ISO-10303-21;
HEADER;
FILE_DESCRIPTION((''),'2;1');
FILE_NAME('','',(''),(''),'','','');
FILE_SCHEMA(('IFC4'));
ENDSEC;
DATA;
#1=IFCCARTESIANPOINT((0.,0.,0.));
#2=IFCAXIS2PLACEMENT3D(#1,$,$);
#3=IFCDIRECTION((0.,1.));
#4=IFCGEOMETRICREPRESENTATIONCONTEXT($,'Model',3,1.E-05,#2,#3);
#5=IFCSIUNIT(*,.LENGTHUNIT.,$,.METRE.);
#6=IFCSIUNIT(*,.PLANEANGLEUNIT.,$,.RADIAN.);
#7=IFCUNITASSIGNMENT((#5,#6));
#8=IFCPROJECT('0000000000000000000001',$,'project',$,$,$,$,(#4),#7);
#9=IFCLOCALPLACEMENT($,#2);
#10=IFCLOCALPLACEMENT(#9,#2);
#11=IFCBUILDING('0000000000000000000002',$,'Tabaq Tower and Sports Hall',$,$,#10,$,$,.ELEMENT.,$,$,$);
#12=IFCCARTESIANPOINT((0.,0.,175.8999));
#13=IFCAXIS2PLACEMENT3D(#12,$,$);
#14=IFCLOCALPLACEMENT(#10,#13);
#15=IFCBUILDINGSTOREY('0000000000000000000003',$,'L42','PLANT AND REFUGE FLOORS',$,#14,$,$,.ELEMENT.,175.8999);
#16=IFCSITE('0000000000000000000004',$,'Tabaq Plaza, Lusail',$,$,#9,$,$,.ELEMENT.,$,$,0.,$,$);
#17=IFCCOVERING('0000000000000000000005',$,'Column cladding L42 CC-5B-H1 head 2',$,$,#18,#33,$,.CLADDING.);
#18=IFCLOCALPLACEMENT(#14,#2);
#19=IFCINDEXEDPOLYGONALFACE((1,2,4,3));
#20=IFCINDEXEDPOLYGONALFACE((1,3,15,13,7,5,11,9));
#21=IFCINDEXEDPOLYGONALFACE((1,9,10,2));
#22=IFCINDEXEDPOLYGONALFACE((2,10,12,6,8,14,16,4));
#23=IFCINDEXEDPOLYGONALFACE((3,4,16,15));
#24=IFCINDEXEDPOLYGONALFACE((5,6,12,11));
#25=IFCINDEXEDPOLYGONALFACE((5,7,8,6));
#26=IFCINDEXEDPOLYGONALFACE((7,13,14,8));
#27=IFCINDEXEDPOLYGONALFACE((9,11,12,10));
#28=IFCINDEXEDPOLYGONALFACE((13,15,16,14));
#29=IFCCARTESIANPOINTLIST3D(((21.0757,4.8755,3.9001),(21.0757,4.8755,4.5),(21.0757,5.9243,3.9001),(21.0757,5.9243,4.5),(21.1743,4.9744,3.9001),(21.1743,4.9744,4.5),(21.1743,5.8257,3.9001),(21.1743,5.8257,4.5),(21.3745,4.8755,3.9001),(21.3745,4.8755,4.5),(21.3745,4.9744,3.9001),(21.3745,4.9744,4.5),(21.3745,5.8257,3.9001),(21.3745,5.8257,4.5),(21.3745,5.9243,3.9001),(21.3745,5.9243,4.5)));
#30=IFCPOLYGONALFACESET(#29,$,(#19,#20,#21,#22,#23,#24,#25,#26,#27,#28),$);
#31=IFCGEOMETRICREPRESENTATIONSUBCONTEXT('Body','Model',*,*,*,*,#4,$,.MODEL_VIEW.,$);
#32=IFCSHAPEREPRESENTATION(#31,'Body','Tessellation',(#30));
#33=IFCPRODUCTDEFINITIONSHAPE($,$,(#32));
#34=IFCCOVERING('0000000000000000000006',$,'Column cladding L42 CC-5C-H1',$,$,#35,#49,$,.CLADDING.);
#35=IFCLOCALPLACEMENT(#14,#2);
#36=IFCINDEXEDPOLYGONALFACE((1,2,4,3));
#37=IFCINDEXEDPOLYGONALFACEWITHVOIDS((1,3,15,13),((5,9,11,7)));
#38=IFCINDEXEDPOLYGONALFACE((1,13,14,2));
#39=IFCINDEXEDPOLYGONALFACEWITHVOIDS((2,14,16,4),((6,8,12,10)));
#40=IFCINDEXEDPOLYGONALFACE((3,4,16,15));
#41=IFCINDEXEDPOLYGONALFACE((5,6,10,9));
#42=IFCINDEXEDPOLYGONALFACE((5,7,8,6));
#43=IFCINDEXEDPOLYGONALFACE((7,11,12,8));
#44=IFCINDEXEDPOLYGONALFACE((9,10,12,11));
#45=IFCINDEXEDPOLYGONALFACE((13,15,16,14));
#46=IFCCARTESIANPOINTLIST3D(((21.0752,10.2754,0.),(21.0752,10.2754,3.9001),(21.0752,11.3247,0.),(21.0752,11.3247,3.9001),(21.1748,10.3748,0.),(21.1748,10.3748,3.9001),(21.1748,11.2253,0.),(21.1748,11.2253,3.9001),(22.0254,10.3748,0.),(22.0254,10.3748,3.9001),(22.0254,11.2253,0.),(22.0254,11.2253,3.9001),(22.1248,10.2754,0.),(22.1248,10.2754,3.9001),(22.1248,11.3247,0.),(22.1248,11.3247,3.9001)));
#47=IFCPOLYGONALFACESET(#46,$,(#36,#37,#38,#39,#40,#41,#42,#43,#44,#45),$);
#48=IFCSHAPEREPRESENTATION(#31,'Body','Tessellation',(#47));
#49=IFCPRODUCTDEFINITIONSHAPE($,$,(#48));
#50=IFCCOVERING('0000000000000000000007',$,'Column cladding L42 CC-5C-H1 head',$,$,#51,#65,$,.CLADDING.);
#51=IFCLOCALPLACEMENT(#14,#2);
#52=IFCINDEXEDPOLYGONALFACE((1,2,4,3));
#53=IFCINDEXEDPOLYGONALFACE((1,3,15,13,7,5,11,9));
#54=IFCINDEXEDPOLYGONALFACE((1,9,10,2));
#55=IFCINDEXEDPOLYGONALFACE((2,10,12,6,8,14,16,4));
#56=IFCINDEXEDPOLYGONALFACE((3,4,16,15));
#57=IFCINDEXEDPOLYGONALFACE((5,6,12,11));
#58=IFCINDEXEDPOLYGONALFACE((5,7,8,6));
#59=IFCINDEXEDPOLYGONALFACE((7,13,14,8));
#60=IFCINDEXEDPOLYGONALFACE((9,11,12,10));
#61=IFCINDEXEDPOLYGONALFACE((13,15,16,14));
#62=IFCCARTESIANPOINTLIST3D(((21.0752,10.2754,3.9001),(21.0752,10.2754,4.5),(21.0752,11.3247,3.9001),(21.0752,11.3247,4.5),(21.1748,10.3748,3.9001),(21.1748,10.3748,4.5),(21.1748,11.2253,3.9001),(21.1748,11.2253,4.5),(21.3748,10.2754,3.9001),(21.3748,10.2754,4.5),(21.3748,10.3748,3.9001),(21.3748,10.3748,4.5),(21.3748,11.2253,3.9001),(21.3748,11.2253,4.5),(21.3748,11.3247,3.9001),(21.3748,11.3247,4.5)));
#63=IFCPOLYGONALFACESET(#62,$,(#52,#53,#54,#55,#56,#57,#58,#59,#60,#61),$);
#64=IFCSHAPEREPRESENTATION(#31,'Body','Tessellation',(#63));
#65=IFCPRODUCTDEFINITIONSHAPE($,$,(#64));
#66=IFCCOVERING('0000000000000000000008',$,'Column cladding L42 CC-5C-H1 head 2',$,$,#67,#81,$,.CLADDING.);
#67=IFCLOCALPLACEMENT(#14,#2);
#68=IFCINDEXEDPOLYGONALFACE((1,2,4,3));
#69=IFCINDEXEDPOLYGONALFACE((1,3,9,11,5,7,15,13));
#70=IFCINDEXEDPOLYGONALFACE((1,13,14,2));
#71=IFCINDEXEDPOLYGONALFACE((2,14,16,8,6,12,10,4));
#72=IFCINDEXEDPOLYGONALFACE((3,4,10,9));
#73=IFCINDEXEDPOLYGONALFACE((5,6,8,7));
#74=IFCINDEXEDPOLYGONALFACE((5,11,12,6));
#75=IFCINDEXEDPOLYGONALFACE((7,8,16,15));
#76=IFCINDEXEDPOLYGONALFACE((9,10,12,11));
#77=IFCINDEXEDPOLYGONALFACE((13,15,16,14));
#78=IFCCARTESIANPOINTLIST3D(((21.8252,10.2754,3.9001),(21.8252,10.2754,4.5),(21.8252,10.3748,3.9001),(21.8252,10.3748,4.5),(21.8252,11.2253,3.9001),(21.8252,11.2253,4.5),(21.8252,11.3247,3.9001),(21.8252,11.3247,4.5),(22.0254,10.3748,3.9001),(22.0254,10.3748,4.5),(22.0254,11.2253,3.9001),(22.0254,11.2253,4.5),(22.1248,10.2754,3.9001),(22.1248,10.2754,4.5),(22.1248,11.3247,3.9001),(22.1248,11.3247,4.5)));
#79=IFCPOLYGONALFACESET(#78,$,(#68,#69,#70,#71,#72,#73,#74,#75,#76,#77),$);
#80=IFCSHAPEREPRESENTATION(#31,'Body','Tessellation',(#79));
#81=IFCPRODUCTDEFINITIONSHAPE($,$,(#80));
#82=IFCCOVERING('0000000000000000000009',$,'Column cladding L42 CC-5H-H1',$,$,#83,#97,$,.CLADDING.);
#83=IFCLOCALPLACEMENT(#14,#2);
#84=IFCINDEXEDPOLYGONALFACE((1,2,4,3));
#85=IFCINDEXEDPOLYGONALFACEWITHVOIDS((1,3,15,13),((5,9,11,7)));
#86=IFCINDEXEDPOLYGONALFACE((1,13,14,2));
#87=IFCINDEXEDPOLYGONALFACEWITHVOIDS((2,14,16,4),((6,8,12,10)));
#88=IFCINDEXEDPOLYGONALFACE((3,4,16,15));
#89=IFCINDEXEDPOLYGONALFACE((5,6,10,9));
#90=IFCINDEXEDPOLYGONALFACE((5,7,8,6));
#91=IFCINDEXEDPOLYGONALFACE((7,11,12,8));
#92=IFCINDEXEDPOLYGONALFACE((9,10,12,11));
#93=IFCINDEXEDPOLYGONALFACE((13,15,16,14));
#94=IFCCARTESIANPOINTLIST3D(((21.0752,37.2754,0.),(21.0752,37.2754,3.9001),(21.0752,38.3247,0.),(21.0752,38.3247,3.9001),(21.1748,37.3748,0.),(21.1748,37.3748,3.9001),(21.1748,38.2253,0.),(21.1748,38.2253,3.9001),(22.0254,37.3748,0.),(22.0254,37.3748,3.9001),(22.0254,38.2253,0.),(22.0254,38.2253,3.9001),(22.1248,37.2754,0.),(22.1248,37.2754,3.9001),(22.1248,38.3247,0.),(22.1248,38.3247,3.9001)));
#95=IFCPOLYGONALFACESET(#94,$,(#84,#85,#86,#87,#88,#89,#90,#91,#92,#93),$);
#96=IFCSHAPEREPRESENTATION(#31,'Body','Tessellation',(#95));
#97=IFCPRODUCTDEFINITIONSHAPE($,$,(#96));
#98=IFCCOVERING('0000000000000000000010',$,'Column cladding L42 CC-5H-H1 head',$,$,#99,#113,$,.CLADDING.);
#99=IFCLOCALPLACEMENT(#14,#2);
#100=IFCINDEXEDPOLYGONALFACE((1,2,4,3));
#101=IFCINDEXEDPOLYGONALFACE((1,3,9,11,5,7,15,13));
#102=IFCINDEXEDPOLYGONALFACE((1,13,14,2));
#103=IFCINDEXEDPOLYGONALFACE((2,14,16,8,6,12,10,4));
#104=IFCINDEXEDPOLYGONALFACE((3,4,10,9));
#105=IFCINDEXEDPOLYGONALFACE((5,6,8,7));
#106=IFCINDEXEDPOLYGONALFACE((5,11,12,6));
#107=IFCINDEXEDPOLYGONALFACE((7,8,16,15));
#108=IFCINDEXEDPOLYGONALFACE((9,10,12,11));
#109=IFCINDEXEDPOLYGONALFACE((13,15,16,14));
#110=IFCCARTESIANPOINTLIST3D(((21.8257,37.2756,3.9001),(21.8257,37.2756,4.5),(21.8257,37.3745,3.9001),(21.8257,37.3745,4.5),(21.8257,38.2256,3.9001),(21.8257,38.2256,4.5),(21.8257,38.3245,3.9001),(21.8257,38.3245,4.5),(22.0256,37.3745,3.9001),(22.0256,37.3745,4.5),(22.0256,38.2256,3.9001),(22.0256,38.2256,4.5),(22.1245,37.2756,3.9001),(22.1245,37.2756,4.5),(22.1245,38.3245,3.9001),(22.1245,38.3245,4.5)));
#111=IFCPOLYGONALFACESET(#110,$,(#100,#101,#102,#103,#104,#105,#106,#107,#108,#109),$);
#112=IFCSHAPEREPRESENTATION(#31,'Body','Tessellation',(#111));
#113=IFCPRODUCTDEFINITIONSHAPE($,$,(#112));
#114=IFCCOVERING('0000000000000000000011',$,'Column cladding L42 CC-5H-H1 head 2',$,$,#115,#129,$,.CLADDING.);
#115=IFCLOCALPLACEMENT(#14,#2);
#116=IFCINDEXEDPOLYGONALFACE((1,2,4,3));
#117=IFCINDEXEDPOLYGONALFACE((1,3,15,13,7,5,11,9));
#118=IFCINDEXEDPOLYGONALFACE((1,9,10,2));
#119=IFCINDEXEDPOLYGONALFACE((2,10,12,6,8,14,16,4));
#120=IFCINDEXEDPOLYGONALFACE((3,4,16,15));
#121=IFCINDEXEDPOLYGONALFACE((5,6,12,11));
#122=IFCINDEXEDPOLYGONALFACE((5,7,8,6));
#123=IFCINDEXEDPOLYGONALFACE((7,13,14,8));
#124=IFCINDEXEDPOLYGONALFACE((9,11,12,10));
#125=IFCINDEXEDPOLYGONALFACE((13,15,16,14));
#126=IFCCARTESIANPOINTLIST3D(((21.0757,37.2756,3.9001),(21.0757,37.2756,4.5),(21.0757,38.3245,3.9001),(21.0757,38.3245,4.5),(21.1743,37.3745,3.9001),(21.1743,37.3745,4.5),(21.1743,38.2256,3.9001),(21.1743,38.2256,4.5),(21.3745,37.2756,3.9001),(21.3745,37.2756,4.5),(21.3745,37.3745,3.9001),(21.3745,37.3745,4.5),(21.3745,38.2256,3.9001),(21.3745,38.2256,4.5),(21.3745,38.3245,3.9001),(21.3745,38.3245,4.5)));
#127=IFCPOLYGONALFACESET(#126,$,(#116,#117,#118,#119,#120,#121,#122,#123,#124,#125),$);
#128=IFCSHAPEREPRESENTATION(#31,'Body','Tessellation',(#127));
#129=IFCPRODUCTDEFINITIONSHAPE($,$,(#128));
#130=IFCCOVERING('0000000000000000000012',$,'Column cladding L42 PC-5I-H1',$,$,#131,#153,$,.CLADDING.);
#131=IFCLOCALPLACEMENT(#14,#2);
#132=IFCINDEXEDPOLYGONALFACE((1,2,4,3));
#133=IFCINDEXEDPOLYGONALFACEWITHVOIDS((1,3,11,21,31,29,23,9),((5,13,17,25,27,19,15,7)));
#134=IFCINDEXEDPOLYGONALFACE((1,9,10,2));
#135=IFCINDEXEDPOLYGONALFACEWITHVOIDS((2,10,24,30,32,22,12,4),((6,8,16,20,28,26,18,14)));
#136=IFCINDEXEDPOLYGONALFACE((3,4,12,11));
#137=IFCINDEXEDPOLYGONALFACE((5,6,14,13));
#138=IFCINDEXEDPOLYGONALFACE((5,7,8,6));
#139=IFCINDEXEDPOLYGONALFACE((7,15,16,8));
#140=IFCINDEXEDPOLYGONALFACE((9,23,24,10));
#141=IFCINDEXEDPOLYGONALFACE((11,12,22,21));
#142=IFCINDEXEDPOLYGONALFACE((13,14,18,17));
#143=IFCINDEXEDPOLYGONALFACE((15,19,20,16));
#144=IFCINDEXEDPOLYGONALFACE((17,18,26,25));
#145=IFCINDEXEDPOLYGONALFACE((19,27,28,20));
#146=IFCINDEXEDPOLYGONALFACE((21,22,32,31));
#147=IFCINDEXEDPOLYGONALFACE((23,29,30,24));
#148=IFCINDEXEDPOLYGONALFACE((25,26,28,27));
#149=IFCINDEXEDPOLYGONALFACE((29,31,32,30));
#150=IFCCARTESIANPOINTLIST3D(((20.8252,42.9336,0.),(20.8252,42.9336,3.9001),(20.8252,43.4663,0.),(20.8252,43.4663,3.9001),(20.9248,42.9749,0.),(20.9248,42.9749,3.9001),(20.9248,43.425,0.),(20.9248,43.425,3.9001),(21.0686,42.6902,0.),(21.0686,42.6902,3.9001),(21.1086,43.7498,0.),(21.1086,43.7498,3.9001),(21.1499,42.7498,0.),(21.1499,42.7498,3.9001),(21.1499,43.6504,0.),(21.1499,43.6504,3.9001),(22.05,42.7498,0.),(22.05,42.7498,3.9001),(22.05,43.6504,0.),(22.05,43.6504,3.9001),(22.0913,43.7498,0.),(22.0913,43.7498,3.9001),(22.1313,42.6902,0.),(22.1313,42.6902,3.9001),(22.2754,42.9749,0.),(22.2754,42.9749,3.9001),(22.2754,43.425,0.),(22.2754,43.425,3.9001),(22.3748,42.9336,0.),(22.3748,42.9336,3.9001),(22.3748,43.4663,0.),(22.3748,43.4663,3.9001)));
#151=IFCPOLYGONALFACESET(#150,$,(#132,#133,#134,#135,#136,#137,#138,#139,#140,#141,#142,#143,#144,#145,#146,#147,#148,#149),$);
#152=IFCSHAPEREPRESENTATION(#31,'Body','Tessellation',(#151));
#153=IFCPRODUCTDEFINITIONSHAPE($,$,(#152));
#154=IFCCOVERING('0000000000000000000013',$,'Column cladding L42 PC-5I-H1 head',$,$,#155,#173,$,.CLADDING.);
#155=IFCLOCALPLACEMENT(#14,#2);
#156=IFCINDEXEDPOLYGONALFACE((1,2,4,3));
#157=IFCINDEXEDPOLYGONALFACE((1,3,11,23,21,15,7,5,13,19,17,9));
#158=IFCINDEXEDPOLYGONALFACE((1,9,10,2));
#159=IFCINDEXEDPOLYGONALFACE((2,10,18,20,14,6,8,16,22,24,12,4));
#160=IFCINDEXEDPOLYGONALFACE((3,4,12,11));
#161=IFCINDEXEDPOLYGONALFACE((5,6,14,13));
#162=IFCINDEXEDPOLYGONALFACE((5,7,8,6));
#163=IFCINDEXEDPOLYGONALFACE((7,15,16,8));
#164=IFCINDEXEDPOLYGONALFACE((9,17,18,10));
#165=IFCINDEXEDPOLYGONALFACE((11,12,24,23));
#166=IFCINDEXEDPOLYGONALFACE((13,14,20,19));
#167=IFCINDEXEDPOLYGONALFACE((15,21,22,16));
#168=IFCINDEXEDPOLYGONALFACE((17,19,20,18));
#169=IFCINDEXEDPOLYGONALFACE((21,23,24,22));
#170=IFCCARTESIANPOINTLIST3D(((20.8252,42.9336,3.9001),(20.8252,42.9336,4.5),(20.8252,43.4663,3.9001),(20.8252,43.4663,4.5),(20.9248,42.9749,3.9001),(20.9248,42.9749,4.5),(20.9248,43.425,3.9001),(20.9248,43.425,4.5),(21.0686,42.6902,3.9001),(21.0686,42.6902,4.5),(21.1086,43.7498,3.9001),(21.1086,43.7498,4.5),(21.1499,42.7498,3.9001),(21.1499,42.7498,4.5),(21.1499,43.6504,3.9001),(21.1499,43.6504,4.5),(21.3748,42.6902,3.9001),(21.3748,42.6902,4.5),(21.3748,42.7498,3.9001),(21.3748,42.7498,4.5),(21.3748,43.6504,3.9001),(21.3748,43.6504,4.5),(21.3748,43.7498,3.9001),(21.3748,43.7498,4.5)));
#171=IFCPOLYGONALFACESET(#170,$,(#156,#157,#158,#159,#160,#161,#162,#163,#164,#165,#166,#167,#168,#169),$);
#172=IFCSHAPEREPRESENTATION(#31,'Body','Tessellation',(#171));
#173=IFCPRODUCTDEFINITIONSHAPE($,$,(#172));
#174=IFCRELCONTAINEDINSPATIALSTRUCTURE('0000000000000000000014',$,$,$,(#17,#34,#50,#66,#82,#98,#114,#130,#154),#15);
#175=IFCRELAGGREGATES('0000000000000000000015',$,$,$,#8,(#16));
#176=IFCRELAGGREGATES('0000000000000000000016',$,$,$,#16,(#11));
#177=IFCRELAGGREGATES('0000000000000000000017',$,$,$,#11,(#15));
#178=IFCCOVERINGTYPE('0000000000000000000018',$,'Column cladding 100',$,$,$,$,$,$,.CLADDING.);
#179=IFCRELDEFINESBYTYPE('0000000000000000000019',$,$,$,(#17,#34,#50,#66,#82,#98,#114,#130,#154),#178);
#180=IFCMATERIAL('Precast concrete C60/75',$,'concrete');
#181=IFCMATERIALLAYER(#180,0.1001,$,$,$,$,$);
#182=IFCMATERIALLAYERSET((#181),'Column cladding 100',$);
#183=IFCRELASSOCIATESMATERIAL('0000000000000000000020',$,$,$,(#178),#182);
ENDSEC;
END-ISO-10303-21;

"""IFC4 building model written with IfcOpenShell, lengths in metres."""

from ifc_helpers import new_model, si_unit, direction, frame, origin, place, context, subcontext, project, spatial, polyline, outline, extrude, material, layer, layer_set, type_object, element, save


model = new_model("IFC4")

# Units and contexts
model_context = context("Model", 3, precision=1e-05, world=origin(), true_north=direction((0.0, 1.0)))
body_context = subcontext(model_context, "Body", "Model", "MODEL_VIEW")
ifc_project = project(units=[si_unit("LENGTHUNIT", "METRE"), si_unit("PLANEANGLEUNIT", "RADIAN")], contexts=[model_context])

# Site, building, storey
site_placement = place(None, origin())
site = spatial("IfcSite", under=ifc_project, at=site_placement, Name="Tabaq Plaza, Lusail", CompositionType="ELEMENT", RefElevation=0.0)
building_placement = place(site_placement, origin())
building = spatial("IfcBuilding", under=site, at=building_placement, Name="Tabaq Tower and Sports Hall", CompositionType="ELEMENT")
storey_placement = place(building_placement, frame((0.0, 0.0, 175.8999)))
storey = spatial("IfcBuildingStorey", under=building, at=storey_placement, Name="L42", Description="PLANT AND REFUGE FLOORS", CompositionType="ELEMENT", Elevation=175.8999)

# Coverings
ifc_material_1 = material(Name="Precast concrete C60/75", Category="concrete")
ifc_layer_1 = layer(ifc_material_1, 0.1001)
ifc_layer_set_1 = layer_set([ifc_layer_1], Name="Column cladding 100")
covering_type = type_object("IfcCoveringType", Name="Column cladding 100", PredefinedType="CLADDING", material=ifc_layer_set_1)
covering_1_placement = place(storey_placement, frame((0.0, 0.0, 3.9001)))
element("IfcCovering", 1, at=covering_1_placement, inside=storey, type_object=covering_type, Name="Column cladding L42 CC-5B-H1 head 2", PredefinedType="CLADDING", context=body_context, shape_type="SweptSolid", body=[
    extrude(outline(polyline([(21.3745, 4.9744), (21.3745, 4.8755), (21.0757, 4.8755), (21.0757, 5.9243), (21.3745, 5.9243), (21.3745, 5.8257), (21.1743, 5.8257), (21.1743, 4.9744), (21.3745, 4.9744)])), origin(), (0.0, 0.0, 1.0), 0.5999),
])
covering_2_placement = place(storey_placement, origin())
element("IfcCovering", 2, at=covering_2_placement, inside=storey, type_object=covering_type, Name="Column cladding L42 CC-5C-H1", PredefinedType="CLADDING", context=body_context, shape_type="SweptSolid", body=[
    extrude(outline(polyline([(21.0752, 11.3247), (22.1248, 11.3247), (22.1248, 10.2754), (21.0752, 10.2754), (21.0752, 11.3247)]), holes=[polyline([(22.0254, 10.3748), (22.0254, 11.2253), (21.1748, 11.2253), (21.1748, 10.3748), (22.0254, 10.3748)])]), origin(), (0.0, 0.0, 1.0), 3.9001),
])
covering_3_placement = place(storey_placement, frame((0.0, 0.0, 3.9001)))
element("IfcCovering", 3, at=covering_3_placement, inside=storey, type_object=covering_type, Name="Column cladding L42 CC-5C-H1 head", PredefinedType="CLADDING", context=body_context, shape_type="SweptSolid", body=[
    extrude(outline(polyline([(21.3748, 11.3247), (21.3748, 11.2253), (21.1748, 11.2253), (21.1748, 10.3748), (21.3748, 10.3748), (21.3748, 10.2754), (21.0752, 10.2754), (21.0752, 11.3247), (21.3748, 11.3247)])), origin(), (0.0, 0.0, 1.0), 0.5999),
])
covering_4_placement = place(storey_placement, frame((0.0, 0.0, 3.9001)))
element("IfcCovering", 4, at=covering_4_placement, inside=storey, type_object=covering_type, Name="Column cladding L42 CC-5C-H1 head 2", PredefinedType="CLADDING", context=body_context, shape_type="SweptSolid", body=[
    extrude(outline(polyline([(22.1248, 11.3247), (22.1248, 10.2754), (21.8252, 10.2754), (21.8252, 10.3748), (22.0254, 10.3748), (22.0254, 11.2253), (21.8252, 11.2253), (21.8252, 11.3247), (22.1248, 11.3247)])), origin(), (0.0, 0.0, 1.0), 0.5999),
])
covering_5_placement = place(storey_placement, origin())
element("IfcCovering", 5, at=covering_5_placement, inside=storey, type_object=covering_type, Name="Column cladding L42 CC-5H-H1", PredefinedType="CLADDING", context=body_context, shape_type="SweptSolid", body=[
    extrude(outline(polyline([(21.0752, 38.3247), (22.1248, 38.3247), (22.1248, 37.2754), (21.0752, 37.2754), (21.0752, 38.3247)]), holes=[polyline([(22.0254, 37.3748), (22.0254, 38.2253), (21.1748, 38.2253), (21.1748, 37.3748), (22.0254, 37.3748)])]), origin(), (0.0, 0.0, 1.0), 3.9001),
])
covering_6_placement = place(storey_placement, frame((0.0, 0.0, 3.9001)))
element("IfcCovering", 6, at=covering_6_placement, inside=storey, type_object=covering_type, Name="Column cladding L42 CC-5H-H1 head", PredefinedType="CLADDING", context=body_context, shape_type="SweptSolid", body=[
    extrude(outline(polyline([(21.8257, 38.2256), (21.8257, 38.3245), (22.1245, 38.3245), (22.1245, 37.2756), (21.8257, 37.2756), (21.8257, 37.3745), (22.0256, 37.3745), (22.0256, 38.2256), (21.8257, 38.2256)])), origin(), (0.0, 0.0, 1.0), 0.5999),
])
covering_7_placement = place(storey_placement, frame((0.0, 0.0, 3.9001)))
element("IfcCovering", 7, at=covering_7_placement, inside=storey, type_object=covering_type, Name="Column cladding L42 CC-5H-H1 head 2", PredefinedType="CLADDING", context=body_context, shape_type="SweptSolid", body=[
    extrude(outline(polyline([(21.3745, 38.2256), (21.1743, 38.2256), (21.1743, 37.3745), (21.3745, 37.3745), (21.3745, 37.2756), (21.0757, 37.2756), (21.0757, 38.3245), (21.3745, 38.3245), (21.3745, 38.2256)])), origin(), (0.0, 0.0, 1.0), 0.5999),
])
covering_8_placement = place(storey_placement, origin())
element("IfcCovering", 8, at=covering_8_placement, inside=storey, type_object=covering_type, Name="Column cladding L42 PC-5I-H1", PredefinedType="CLADDING", context=body_context, shape_type="SweptSolid", body=[
    extrude(outline(polyline([(20.8252, 43.4663), (21.1086, 43.7498), (22.0913, 43.7498), (22.3748, 43.4663), (22.3748, 42.9336), (22.1313, 42.6902), (21.0686, 42.6902), (20.8252, 42.9336), (20.8252, 43.4663)]), holes=[polyline([(22.2754, 42.9749), (22.2754, 43.425), (22.05, 43.6504), (21.1499, 43.6504), (20.9248, 43.425), (20.9248, 42.9749), (21.1499, 42.7498), (22.05, 42.7498), (22.2754, 42.9749)])]), origin(), (0.0, 0.0, 1.0), 3.9001),
])
covering_9_placement = place(storey_placement, frame((0.0, 0.0, 3.9001)))
element("IfcCovering", 9, at=covering_9_placement, inside=storey, type_object=covering_type, Name="Column cladding L42 PC-5I-H1 head", PredefinedType="CLADDING", context=body_context, shape_type="SweptSolid", body=[
    extrude(outline(polyline([(21.1086, 43.7498), (21.3748, 43.7498), (21.3748, 43.6504), (21.1499, 43.6504), (20.9248, 43.425), (20.9248, 42.9749), (21.1499, 42.7498), (21.3748, 42.7498), (21.3748, 42.6902), (21.0686, 42.6902), (20.8252, 42.9336), (20.8252, 43.4663), (21.1086, 43.7498)])), origin(), (0.0, 0.0, 1.0), 0.5999),
])

save(model, "model.ifc")
